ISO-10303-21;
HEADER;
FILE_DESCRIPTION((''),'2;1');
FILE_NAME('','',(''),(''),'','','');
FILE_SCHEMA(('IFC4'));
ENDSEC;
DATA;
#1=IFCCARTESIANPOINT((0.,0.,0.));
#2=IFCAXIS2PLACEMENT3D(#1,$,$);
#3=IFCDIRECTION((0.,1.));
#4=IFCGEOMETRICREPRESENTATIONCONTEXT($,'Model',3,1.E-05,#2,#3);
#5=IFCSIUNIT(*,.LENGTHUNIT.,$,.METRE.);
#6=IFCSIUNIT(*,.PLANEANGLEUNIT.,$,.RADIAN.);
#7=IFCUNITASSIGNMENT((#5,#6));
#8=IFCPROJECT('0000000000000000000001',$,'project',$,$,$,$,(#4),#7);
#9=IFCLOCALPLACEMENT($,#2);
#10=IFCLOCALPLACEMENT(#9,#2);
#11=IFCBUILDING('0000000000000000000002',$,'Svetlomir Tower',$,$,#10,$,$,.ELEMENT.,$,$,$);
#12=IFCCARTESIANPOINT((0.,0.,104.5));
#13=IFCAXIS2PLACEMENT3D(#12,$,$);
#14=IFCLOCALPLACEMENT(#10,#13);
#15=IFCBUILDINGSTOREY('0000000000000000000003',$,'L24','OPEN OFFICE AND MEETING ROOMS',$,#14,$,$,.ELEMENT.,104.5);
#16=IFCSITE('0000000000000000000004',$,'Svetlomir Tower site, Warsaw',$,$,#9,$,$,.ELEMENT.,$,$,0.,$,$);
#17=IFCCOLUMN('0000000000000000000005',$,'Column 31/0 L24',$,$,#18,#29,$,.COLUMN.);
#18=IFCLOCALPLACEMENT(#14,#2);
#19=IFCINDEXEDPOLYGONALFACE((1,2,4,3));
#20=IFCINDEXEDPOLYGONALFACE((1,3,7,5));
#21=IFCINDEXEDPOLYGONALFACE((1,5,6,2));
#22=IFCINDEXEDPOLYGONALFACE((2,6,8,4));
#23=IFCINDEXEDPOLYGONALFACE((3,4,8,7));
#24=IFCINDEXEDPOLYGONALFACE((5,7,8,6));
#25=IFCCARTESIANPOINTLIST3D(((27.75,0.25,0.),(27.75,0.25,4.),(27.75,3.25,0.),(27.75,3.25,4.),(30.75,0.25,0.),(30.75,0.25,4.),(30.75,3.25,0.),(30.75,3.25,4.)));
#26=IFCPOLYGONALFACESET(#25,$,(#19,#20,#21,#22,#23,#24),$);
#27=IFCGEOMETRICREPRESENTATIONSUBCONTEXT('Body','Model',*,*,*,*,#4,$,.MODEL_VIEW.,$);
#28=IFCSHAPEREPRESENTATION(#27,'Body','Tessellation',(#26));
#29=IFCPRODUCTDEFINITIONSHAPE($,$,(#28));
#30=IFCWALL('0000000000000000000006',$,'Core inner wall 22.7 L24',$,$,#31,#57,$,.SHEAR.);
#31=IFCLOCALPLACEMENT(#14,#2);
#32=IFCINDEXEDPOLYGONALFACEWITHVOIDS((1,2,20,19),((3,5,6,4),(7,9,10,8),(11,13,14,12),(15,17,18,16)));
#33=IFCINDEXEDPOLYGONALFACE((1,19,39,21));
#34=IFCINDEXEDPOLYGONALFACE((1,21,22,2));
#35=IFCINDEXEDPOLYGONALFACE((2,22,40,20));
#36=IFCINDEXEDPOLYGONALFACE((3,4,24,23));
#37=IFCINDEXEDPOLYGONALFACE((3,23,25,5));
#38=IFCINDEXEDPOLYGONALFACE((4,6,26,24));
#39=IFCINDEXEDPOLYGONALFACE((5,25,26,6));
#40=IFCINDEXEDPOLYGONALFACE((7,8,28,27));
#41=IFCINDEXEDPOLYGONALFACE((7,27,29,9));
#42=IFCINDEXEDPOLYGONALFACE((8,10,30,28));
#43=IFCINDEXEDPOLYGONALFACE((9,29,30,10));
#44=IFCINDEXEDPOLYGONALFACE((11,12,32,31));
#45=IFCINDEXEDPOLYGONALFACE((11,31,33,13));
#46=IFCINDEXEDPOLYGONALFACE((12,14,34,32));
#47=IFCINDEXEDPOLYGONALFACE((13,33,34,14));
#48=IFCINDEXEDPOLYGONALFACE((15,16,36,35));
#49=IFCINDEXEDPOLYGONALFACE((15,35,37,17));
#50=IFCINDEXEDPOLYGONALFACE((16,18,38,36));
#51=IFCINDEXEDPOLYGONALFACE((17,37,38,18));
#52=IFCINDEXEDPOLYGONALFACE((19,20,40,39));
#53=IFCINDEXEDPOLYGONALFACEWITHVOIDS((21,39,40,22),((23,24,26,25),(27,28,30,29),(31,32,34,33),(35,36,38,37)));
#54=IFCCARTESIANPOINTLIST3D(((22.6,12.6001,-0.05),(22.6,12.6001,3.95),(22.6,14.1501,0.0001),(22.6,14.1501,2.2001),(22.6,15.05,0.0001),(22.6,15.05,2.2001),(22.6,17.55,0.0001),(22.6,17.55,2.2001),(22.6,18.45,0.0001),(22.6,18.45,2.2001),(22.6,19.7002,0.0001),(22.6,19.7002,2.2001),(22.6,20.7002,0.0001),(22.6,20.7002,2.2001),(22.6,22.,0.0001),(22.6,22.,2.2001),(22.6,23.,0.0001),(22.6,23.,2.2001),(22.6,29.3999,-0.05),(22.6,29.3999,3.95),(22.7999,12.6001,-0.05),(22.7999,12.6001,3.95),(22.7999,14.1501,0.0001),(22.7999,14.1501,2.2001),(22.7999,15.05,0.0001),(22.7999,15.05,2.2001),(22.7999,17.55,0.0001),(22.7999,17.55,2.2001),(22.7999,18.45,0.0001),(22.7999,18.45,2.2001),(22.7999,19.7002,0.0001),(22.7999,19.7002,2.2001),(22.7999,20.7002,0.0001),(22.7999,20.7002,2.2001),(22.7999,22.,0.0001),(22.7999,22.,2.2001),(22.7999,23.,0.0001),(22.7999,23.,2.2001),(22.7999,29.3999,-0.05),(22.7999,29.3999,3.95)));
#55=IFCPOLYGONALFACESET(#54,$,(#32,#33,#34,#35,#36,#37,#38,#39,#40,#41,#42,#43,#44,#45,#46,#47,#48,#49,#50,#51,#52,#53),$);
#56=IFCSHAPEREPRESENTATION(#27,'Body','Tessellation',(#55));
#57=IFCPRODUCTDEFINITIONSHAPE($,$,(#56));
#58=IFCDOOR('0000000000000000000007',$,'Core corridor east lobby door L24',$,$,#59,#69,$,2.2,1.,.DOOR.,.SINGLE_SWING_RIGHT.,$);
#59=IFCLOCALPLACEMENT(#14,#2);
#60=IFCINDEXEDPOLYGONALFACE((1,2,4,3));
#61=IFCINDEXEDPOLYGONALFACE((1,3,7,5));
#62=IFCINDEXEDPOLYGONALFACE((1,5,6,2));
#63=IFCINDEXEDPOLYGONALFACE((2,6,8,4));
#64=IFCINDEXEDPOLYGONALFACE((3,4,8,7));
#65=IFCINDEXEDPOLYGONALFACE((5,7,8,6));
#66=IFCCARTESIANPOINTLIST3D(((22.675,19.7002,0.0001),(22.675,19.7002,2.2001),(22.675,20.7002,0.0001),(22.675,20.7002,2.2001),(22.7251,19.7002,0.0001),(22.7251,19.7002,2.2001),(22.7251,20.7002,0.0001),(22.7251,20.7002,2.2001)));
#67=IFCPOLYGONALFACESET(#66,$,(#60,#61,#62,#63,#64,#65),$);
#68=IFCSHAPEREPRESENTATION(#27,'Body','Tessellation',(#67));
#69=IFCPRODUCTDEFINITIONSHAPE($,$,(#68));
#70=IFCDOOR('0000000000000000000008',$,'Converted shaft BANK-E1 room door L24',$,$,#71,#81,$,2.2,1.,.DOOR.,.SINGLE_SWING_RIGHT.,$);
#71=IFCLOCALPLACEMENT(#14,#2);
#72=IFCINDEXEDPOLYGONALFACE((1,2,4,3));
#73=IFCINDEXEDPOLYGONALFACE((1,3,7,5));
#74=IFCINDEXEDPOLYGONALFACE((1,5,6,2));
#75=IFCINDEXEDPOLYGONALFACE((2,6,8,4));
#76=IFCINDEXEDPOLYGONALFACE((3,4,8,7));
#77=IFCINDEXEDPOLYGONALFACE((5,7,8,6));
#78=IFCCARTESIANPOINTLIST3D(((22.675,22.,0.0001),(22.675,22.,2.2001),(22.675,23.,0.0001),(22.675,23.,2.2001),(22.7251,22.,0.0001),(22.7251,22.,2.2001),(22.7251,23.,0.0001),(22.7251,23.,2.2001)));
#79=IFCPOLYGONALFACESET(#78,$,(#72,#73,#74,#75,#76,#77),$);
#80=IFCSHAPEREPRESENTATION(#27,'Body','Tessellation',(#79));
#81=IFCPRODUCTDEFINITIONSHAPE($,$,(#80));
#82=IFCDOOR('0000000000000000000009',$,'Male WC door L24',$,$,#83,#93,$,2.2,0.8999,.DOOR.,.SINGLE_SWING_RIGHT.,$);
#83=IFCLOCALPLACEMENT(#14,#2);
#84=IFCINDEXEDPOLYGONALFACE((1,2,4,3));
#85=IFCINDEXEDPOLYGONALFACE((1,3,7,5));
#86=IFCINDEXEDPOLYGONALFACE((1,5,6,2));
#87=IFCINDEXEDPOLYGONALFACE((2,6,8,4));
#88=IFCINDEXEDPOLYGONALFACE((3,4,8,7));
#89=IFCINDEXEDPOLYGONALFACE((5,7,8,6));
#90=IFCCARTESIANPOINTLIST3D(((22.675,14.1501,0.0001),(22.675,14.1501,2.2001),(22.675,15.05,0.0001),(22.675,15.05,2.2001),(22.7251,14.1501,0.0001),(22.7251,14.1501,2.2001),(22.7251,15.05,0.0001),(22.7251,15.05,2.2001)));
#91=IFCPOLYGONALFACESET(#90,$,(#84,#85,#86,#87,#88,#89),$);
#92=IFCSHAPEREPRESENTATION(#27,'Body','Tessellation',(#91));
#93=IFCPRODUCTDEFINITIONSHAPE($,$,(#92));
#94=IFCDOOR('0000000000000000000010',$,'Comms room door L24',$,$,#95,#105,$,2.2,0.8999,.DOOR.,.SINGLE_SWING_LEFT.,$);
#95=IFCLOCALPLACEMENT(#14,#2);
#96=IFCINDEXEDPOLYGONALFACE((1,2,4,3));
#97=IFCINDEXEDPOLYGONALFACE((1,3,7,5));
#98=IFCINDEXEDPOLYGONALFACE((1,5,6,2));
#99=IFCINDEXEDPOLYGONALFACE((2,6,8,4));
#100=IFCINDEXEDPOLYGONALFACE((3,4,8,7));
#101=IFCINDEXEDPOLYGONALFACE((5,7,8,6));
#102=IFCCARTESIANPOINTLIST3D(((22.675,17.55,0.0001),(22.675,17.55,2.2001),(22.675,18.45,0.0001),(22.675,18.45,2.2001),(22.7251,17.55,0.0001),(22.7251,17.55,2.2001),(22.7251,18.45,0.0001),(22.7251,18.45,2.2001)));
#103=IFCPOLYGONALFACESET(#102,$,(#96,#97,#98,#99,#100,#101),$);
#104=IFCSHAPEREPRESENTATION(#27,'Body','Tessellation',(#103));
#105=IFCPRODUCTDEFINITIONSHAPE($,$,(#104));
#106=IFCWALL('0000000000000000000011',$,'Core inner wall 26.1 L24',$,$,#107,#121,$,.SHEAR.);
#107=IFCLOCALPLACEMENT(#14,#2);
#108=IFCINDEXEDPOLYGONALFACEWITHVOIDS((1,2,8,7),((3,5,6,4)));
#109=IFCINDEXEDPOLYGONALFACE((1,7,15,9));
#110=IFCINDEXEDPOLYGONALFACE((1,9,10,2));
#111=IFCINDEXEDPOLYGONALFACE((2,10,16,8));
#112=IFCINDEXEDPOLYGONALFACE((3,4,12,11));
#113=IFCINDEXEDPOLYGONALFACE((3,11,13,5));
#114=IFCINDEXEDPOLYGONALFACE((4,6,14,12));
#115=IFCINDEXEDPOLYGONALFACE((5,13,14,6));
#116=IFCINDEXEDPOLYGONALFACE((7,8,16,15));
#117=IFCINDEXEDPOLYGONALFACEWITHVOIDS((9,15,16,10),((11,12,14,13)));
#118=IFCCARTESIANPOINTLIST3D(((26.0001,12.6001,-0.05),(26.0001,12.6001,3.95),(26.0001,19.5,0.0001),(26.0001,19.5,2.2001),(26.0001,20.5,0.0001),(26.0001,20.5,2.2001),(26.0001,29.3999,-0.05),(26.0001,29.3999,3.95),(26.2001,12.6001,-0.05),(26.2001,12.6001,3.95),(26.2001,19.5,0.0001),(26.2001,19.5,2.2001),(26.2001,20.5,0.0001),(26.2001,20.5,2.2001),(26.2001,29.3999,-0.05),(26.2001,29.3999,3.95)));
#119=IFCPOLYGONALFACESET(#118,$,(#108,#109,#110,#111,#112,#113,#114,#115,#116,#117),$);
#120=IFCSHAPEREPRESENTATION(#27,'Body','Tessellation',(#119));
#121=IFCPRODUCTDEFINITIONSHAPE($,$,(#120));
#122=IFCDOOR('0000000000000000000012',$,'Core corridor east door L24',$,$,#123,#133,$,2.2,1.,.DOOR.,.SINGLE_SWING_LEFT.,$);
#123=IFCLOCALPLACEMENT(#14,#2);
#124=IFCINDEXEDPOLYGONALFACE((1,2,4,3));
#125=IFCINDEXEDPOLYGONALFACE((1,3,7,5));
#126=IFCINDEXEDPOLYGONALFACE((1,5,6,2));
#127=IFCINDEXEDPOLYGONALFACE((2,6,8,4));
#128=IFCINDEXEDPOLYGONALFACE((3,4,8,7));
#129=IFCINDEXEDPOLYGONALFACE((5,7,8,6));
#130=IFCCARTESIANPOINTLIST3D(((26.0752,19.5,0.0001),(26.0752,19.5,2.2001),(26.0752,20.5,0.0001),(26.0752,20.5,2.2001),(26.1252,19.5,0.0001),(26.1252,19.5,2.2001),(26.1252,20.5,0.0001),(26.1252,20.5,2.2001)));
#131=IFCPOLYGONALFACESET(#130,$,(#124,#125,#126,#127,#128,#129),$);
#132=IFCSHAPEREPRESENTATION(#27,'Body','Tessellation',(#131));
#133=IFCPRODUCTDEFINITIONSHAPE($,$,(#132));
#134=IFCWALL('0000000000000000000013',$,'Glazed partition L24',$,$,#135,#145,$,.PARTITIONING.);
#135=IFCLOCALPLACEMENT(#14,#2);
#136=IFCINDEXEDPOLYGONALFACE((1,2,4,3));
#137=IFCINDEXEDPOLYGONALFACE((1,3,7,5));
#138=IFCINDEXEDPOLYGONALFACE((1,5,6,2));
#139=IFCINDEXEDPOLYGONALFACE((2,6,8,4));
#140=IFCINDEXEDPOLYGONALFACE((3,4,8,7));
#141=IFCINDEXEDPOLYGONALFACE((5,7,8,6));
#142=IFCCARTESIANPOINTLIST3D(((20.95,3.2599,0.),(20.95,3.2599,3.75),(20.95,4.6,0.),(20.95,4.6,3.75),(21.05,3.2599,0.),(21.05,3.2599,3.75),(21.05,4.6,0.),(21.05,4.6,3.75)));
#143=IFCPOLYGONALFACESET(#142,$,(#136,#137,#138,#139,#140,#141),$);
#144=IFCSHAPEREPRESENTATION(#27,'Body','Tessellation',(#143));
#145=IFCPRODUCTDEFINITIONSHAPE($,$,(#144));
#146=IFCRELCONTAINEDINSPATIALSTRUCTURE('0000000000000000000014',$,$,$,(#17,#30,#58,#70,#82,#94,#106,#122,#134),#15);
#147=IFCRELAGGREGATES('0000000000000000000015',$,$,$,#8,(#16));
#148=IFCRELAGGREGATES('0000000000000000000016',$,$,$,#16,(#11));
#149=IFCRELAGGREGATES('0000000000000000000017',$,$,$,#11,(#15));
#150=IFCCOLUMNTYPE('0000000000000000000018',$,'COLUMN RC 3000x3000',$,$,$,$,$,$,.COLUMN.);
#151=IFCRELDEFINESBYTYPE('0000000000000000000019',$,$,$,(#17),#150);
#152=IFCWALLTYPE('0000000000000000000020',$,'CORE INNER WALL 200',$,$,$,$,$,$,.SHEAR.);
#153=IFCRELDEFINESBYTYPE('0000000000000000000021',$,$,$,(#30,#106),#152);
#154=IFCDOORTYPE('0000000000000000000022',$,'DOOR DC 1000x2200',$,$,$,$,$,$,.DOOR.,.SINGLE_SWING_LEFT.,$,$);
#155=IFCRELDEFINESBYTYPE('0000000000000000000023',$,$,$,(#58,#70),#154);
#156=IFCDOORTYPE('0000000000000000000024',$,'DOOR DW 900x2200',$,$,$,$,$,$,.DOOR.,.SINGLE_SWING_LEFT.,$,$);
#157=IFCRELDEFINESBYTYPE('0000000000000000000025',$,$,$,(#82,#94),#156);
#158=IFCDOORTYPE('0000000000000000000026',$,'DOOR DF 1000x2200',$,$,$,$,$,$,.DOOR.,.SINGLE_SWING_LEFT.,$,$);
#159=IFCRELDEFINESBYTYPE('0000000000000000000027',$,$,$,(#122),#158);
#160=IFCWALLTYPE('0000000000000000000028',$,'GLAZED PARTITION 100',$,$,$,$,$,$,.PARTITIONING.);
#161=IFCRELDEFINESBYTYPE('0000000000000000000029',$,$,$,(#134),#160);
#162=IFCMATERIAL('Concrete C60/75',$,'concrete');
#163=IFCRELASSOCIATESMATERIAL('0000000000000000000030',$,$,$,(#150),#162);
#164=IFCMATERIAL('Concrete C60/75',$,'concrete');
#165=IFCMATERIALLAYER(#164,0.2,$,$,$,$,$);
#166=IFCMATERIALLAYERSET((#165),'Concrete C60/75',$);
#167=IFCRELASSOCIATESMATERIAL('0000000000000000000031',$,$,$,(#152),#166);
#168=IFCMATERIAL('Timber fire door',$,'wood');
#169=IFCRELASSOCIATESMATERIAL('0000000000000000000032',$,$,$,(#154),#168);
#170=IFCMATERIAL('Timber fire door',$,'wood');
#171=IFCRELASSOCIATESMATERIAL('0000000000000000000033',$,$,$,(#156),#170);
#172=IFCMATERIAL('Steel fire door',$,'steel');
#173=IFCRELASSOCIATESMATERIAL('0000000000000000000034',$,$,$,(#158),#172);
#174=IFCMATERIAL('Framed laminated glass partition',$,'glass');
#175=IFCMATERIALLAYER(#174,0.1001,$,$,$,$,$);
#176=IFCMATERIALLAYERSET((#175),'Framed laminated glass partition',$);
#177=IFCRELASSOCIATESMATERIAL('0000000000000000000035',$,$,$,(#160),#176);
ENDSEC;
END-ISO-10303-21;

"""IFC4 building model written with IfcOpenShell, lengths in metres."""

from ifc_helpers import new_model, si_unit, direction, frame, frame_2d, origin, origin_2d, place, context, subcontext, project, spatial, rectangle, extrude, material, layer, layer_set, material_profile, profile_set, type_object, element, fill, save


model = new_model("IFC4")

# Units and contexts
model_context = context("Model", 3, precision=1e-05, world=origin(), true_north=direction((0.0, 1.0)))
body_context = subcontext(model_context, "Body", "Model", "MODEL_VIEW")
ifc_project = project(units=[si_unit("LENGTHUNIT", "METRE"), si_unit("PLANEANGLEUNIT", "RADIAN")], contexts=[model_context])

# Site, building, storey
site_placement = place(None, origin())
site = spatial("IfcSite", under=ifc_project, at=site_placement, Name="Svetlomir Tower site, Warsaw", CompositionType="ELEMENT", RefElevation=0.0)
building_placement = place(site_placement, origin())
building = spatial("IfcBuilding", under=site, at=building_placement, Name="Svetlomir Tower", CompositionType="ELEMENT")
storey_placement = place(building_placement, frame((0.0, 0.0, 104.5)))
storey = spatial("IfcBuildingStorey", under=building, at=storey_placement, Name="L24", Description="OPEN OFFICE AND MEETING ROOMS", CompositionType="ELEMENT", Elevation=104.5)

# Column
ifc_material_1 = material(Name="Concrete C60/75", Category="concrete")
ifc_material_profile = material_profile(ifc_material_1, rectangle(XDim=3.0, YDim=3.0, at=origin_2d()), Name="RC 3000x3000")
ifc_profile_set = profile_set([ifc_material_profile], Name="Concrete C60/75")
column_type = type_object("IfcColumnType", Name="COLUMN RC 3000x3000", PredefinedType="COLUMN", material=ifc_profile_set)
column_placement = place(storey_placement, frame((29.25, 1.75, 0.0), z_axis=(0.0, 0.0, 1.0), x_axis=(1.0, 0.0, 0.0)))
element("IfcColumn", 1, at=column_placement, inside=storey, type_object=column_type, Name="Column 31/0 L24", PredefinedType="COLUMN", context=body_context, shape_type="SweptSolid", body=[
    extrude(rectangle(XDim=3.0, YDim=3.0, at=origin_2d()), origin(), (0.0, 0.0, 1.0), 4.0),
])

# Wall, openings, doors
ifc_material_2 = material(Name="Concrete C60/75", Category="concrete")
ifc_layer_1 = layer(ifc_material_2, 0.2)
ifc_layer_set_1 = layer_set([ifc_layer_1], Name="Concrete C60/75")
wall_type_1 = type_object("IfcWallType", Name="CORE INNER WALL 200", PredefinedType="SHEAR", material=ifc_layer_set_1)
wall_1_placement = place(storey_placement, frame((22.7, 12.6001, -0.05), z_axis=(0.0, 0.0, 1.0), x_axis=(0.0, 1.0, 0.0)))
wall_1 = element("IfcWall", 2, at=wall_1_placement, inside=storey, type_object=wall_type_1, Name="Core inner wall 22.7 L24", PredefinedType="SHEAR", context=body_context, shape_type="SweptSolid", body=[
    extrude(rectangle(XDim=16.7998, YDim=0.2, at=frame_2d((8.3999, 0.0))), origin(), (0.0, 0.0, 1.0), 4.0),
])
opening_1_placement = place(wall_1_placement, frame((7.1001, 0.0, 0.05)))
opening_1 = element("IfcOpeningElement", 3, at=opening_1_placement, cuts=wall_1, PredefinedType="OPENING", context=body_context, shape_type="SweptSolid", body=[
    extrude(rectangle(XDim=1.0, YDim=2.2, at=frame_2d((0.5, 1.1001))), frame((0.0, 0.1099, 0.0), z_axis=(0.0, -1.0, 0.0), x_axis=(1.0, 0.0, 0.0)), (0.0, 0.0, 1.0), 0.22),
])
opening_2_placement = place(wall_1_placement, frame((1.55, 0.0, 0.05)))
opening_2 = element("IfcOpeningElement", 4, at=opening_2_placement, cuts=wall_1, PredefinedType="OPENING", context=body_context, shape_type="SweptSolid", body=[
    extrude(rectangle(XDim=0.8999, YDim=2.2, at=frame_2d((0.45, 1.1001))), frame((0.0, 0.1099, 0.0), z_axis=(0.0, -1.0, 0.0), x_axis=(1.0, 0.0, 0.0)), (0.0, 0.0, 1.0), 0.22),
])
opening_3_placement = place(wall_1_placement, frame((4.95, 0.0, 0.05)))
opening_3 = element("IfcOpeningElement", 5, at=opening_3_placement, cuts=wall_1, PredefinedType="OPENING", context=body_context, shape_type="SweptSolid", body=[
    extrude(rectangle(XDim=0.8999, YDim=2.2, at=frame_2d((0.45, 1.1001))), frame((0.0, 0.1099, 0.0), z_axis=(0.0, -1.0, 0.0), x_axis=(1.0, 0.0, 0.0)), (0.0, 0.0, 1.0), 0.22),
])
opening_4_placement = place(wall_1_placement, frame((9.3999, 0.0, 0.05)))
opening_4 = element("IfcOpeningElement", 6, at=opening_4_placement, cuts=wall_1, PredefinedType="OPENING", context=body_context, shape_type="SweptSolid", body=[
    extrude(rectangle(XDim=1.0, YDim=2.2, at=frame_2d((0.5, 1.1001))), frame((0.0, 0.1099, 0.0), z_axis=(0.0, -1.0, 0.0), x_axis=(1.0, 0.0, 0.0)), (0.0, 0.0, 1.0), 0.22),
])
ifc_material_3 = material(Name="Timber fire door", Category="wood")
door_type_1 = type_object("IfcDoorType", Name="DOOR DC 1000x2200", OperationType="SINGLE_SWING_LEFT", PredefinedType="DOOR", material=ifc_material_3)
door_1_placement = place(opening_1_placement, origin())
door_1 = element("IfcDoor", 7, at=door_1_placement, inside=storey, type_object=door_type_1, Name="Core corridor east lobby door L24", OperationType="SINGLE_SWING_RIGHT", OverallHeight=2.2, OverallWidth=1.0, PredefinedType="DOOR", context=body_context, shape_type="SweptSolid", body=[
    extrude(rectangle(XDim=1.0, YDim=2.2, at=frame_2d((0.5, 1.1001))), frame((0.0, 0.0249, 0.0), z_axis=(0.0, -1.0, 0.0), x_axis=(1.0, 0.0, 0.0)), (0.0, 0.0, 1.0), 0.05),
])
fill(opening_1, door_1)
door_2_placement = place(opening_4_placement, origin())
door_2 = element("IfcDoor", 8, at=door_2_placement, inside=storey, type_object=door_type_1, Name="Converted shaft BANK-E1 room door L24", OperationType="SINGLE_SWING_RIGHT", OverallHeight=2.2, OverallWidth=1.0, PredefinedType="DOOR", context=body_context, shape_type="SweptSolid", body=[
    extrude(rectangle(XDim=1.0, YDim=2.2, at=frame_2d((0.5, 1.1001))), frame((0.0, 0.0249, 0.0), z_axis=(0.0, -1.0, 0.0), x_axis=(1.0, 0.0, 0.0)), (0.0, 0.0, 1.0), 0.05),
])
fill(opening_4, door_2)
ifc_material_4 = material(Name="Timber fire door", Category="wood")
door_type_2 = type_object("IfcDoorType", Name="DOOR DW 900x2200", OperationType="SINGLE_SWING_LEFT", PredefinedType="DOOR", material=ifc_material_4)
door_3_placement = place(opening_2_placement, origin())
door_3 = element("IfcDoor", 9, at=door_3_placement, inside=storey, type_object=door_type_2, Name="Male WC door L24", OperationType="SINGLE_SWING_RIGHT", OverallHeight=2.2, OverallWidth=0.8999, PredefinedType="DOOR", context=body_context, shape_type="SweptSolid", body=[
    extrude(rectangle(XDim=0.8999, YDim=2.2, at=frame_2d((0.45, 1.1001))), frame((0.0, 0.0249, 0.0), z_axis=(0.0, -1.0, 0.0), x_axis=(1.0, 0.0, 0.0)), (0.0, 0.0, 1.0), 0.05),
])
fill(opening_2, door_3)
door_4_placement = place(opening_3_placement, origin())
door_4 = element("IfcDoor", 10, at=door_4_placement, inside=storey, type_object=door_type_2, Name="Comms room door L24", OperationType="SINGLE_SWING_LEFT", OverallHeight=2.2, OverallWidth=0.8999, PredefinedType="DOOR", context=body_context, shape_type="SweptSolid", body=[
    extrude(rectangle(XDim=0.8999, YDim=2.2, at=frame_2d((0.45, 1.1001))), frame((0.0, 0.0249, 0.0), z_axis=(0.0, -1.0, 0.0), x_axis=(1.0, 0.0, 0.0)), (0.0, 0.0, 1.0), 0.05),
])
fill(opening_3, door_4)

# Wall, opening, door
wall_2_placement = place(storey_placement, frame((26.1001, 12.6001, -0.05), z_axis=(0.0, 0.0, 1.0), x_axis=(0.0, 1.0, 0.0)))
wall_2 = element("IfcWall", 11, at=wall_2_placement, inside=storey, type_object=wall_type_1, Name="Core inner wall 26.1 L24", PredefinedType="SHEAR", context=body_context, shape_type="SweptSolid", body=[
    extrude(rectangle(XDim=16.7998, YDim=0.2, at=frame_2d((8.3999, 0.0))), origin(), (0.0, 0.0, 1.0), 4.0),
])
opening_5_placement = place(wall_2_placement, frame((6.8999, 0.0, 0.05)))
opening_5 = element("IfcOpeningElement", 12, at=opening_5_placement, cuts=wall_2, PredefinedType="OPENING", context=body_context, shape_type="SweptSolid", body=[
    extrude(rectangle(XDim=1.0, YDim=2.2, at=frame_2d((0.5, 1.1001))), frame((0.0, 0.1099, 0.0), z_axis=(0.0, -1.0, 0.0), x_axis=(1.0, 0.0, 0.0)), (0.0, 0.0, 1.0), 0.22),
])
ifc_material_5 = material(Name="Steel fire door", Category="steel")
door_type_3 = type_object("IfcDoorType", Name="DOOR DF 1000x2200", OperationType="SINGLE_SWING_LEFT", PredefinedType="DOOR", material=ifc_material_5)
door_5_placement = place(opening_5_placement, origin())
door_5 = element("IfcDoor", 13, at=door_5_placement, inside=storey, type_object=door_type_3, Name="Core corridor east door L24", OperationType="SINGLE_SWING_LEFT", OverallHeight=2.2, OverallWidth=1.0, PredefinedType="DOOR", context=body_context, shape_type="SweptSolid", body=[
    extrude(rectangle(XDim=1.0, YDim=2.2, at=frame_2d((0.5, 1.1001))), frame((0.0, 0.0249, 0.0), z_axis=(0.0, -1.0, 0.0), x_axis=(1.0, 0.0, 0.0)), (0.0, 0.0, 1.0), 0.05),
])
fill(opening_5, door_5)

# Wall
ifc_material_6 = material(Name="Framed laminated glass partition", Category="glass")
ifc_layer_2 = layer(ifc_material_6, 0.1001)
ifc_layer_set_2 = layer_set([ifc_layer_2], Name="Framed laminated glass partition")
wall_type_2 = type_object("IfcWallType", Name="GLAZED PARTITION 100", PredefinedType="PARTITIONING", material=ifc_layer_set_2)
wall_3_placement = place(storey_placement, frame((21.0, 3.26, 0.0), z_axis=(0.0, 0.0, 1.0), x_axis=(0.0, 1.0, 0.0)))
element("IfcWall", 14, at=wall_3_placement, inside=storey, type_object=wall_type_2, Name="Glazed partition L24", PredefinedType="PARTITIONING", context=body_context, shape_type="SweptSolid", body=[
    extrude(rectangle(XDim=1.3401, YDim=0.1001, at=frame_2d((0.6699, 0.0))), origin(), (0.0, 0.0, 1.0), 3.75),
])

save(model, "model.ifc")
